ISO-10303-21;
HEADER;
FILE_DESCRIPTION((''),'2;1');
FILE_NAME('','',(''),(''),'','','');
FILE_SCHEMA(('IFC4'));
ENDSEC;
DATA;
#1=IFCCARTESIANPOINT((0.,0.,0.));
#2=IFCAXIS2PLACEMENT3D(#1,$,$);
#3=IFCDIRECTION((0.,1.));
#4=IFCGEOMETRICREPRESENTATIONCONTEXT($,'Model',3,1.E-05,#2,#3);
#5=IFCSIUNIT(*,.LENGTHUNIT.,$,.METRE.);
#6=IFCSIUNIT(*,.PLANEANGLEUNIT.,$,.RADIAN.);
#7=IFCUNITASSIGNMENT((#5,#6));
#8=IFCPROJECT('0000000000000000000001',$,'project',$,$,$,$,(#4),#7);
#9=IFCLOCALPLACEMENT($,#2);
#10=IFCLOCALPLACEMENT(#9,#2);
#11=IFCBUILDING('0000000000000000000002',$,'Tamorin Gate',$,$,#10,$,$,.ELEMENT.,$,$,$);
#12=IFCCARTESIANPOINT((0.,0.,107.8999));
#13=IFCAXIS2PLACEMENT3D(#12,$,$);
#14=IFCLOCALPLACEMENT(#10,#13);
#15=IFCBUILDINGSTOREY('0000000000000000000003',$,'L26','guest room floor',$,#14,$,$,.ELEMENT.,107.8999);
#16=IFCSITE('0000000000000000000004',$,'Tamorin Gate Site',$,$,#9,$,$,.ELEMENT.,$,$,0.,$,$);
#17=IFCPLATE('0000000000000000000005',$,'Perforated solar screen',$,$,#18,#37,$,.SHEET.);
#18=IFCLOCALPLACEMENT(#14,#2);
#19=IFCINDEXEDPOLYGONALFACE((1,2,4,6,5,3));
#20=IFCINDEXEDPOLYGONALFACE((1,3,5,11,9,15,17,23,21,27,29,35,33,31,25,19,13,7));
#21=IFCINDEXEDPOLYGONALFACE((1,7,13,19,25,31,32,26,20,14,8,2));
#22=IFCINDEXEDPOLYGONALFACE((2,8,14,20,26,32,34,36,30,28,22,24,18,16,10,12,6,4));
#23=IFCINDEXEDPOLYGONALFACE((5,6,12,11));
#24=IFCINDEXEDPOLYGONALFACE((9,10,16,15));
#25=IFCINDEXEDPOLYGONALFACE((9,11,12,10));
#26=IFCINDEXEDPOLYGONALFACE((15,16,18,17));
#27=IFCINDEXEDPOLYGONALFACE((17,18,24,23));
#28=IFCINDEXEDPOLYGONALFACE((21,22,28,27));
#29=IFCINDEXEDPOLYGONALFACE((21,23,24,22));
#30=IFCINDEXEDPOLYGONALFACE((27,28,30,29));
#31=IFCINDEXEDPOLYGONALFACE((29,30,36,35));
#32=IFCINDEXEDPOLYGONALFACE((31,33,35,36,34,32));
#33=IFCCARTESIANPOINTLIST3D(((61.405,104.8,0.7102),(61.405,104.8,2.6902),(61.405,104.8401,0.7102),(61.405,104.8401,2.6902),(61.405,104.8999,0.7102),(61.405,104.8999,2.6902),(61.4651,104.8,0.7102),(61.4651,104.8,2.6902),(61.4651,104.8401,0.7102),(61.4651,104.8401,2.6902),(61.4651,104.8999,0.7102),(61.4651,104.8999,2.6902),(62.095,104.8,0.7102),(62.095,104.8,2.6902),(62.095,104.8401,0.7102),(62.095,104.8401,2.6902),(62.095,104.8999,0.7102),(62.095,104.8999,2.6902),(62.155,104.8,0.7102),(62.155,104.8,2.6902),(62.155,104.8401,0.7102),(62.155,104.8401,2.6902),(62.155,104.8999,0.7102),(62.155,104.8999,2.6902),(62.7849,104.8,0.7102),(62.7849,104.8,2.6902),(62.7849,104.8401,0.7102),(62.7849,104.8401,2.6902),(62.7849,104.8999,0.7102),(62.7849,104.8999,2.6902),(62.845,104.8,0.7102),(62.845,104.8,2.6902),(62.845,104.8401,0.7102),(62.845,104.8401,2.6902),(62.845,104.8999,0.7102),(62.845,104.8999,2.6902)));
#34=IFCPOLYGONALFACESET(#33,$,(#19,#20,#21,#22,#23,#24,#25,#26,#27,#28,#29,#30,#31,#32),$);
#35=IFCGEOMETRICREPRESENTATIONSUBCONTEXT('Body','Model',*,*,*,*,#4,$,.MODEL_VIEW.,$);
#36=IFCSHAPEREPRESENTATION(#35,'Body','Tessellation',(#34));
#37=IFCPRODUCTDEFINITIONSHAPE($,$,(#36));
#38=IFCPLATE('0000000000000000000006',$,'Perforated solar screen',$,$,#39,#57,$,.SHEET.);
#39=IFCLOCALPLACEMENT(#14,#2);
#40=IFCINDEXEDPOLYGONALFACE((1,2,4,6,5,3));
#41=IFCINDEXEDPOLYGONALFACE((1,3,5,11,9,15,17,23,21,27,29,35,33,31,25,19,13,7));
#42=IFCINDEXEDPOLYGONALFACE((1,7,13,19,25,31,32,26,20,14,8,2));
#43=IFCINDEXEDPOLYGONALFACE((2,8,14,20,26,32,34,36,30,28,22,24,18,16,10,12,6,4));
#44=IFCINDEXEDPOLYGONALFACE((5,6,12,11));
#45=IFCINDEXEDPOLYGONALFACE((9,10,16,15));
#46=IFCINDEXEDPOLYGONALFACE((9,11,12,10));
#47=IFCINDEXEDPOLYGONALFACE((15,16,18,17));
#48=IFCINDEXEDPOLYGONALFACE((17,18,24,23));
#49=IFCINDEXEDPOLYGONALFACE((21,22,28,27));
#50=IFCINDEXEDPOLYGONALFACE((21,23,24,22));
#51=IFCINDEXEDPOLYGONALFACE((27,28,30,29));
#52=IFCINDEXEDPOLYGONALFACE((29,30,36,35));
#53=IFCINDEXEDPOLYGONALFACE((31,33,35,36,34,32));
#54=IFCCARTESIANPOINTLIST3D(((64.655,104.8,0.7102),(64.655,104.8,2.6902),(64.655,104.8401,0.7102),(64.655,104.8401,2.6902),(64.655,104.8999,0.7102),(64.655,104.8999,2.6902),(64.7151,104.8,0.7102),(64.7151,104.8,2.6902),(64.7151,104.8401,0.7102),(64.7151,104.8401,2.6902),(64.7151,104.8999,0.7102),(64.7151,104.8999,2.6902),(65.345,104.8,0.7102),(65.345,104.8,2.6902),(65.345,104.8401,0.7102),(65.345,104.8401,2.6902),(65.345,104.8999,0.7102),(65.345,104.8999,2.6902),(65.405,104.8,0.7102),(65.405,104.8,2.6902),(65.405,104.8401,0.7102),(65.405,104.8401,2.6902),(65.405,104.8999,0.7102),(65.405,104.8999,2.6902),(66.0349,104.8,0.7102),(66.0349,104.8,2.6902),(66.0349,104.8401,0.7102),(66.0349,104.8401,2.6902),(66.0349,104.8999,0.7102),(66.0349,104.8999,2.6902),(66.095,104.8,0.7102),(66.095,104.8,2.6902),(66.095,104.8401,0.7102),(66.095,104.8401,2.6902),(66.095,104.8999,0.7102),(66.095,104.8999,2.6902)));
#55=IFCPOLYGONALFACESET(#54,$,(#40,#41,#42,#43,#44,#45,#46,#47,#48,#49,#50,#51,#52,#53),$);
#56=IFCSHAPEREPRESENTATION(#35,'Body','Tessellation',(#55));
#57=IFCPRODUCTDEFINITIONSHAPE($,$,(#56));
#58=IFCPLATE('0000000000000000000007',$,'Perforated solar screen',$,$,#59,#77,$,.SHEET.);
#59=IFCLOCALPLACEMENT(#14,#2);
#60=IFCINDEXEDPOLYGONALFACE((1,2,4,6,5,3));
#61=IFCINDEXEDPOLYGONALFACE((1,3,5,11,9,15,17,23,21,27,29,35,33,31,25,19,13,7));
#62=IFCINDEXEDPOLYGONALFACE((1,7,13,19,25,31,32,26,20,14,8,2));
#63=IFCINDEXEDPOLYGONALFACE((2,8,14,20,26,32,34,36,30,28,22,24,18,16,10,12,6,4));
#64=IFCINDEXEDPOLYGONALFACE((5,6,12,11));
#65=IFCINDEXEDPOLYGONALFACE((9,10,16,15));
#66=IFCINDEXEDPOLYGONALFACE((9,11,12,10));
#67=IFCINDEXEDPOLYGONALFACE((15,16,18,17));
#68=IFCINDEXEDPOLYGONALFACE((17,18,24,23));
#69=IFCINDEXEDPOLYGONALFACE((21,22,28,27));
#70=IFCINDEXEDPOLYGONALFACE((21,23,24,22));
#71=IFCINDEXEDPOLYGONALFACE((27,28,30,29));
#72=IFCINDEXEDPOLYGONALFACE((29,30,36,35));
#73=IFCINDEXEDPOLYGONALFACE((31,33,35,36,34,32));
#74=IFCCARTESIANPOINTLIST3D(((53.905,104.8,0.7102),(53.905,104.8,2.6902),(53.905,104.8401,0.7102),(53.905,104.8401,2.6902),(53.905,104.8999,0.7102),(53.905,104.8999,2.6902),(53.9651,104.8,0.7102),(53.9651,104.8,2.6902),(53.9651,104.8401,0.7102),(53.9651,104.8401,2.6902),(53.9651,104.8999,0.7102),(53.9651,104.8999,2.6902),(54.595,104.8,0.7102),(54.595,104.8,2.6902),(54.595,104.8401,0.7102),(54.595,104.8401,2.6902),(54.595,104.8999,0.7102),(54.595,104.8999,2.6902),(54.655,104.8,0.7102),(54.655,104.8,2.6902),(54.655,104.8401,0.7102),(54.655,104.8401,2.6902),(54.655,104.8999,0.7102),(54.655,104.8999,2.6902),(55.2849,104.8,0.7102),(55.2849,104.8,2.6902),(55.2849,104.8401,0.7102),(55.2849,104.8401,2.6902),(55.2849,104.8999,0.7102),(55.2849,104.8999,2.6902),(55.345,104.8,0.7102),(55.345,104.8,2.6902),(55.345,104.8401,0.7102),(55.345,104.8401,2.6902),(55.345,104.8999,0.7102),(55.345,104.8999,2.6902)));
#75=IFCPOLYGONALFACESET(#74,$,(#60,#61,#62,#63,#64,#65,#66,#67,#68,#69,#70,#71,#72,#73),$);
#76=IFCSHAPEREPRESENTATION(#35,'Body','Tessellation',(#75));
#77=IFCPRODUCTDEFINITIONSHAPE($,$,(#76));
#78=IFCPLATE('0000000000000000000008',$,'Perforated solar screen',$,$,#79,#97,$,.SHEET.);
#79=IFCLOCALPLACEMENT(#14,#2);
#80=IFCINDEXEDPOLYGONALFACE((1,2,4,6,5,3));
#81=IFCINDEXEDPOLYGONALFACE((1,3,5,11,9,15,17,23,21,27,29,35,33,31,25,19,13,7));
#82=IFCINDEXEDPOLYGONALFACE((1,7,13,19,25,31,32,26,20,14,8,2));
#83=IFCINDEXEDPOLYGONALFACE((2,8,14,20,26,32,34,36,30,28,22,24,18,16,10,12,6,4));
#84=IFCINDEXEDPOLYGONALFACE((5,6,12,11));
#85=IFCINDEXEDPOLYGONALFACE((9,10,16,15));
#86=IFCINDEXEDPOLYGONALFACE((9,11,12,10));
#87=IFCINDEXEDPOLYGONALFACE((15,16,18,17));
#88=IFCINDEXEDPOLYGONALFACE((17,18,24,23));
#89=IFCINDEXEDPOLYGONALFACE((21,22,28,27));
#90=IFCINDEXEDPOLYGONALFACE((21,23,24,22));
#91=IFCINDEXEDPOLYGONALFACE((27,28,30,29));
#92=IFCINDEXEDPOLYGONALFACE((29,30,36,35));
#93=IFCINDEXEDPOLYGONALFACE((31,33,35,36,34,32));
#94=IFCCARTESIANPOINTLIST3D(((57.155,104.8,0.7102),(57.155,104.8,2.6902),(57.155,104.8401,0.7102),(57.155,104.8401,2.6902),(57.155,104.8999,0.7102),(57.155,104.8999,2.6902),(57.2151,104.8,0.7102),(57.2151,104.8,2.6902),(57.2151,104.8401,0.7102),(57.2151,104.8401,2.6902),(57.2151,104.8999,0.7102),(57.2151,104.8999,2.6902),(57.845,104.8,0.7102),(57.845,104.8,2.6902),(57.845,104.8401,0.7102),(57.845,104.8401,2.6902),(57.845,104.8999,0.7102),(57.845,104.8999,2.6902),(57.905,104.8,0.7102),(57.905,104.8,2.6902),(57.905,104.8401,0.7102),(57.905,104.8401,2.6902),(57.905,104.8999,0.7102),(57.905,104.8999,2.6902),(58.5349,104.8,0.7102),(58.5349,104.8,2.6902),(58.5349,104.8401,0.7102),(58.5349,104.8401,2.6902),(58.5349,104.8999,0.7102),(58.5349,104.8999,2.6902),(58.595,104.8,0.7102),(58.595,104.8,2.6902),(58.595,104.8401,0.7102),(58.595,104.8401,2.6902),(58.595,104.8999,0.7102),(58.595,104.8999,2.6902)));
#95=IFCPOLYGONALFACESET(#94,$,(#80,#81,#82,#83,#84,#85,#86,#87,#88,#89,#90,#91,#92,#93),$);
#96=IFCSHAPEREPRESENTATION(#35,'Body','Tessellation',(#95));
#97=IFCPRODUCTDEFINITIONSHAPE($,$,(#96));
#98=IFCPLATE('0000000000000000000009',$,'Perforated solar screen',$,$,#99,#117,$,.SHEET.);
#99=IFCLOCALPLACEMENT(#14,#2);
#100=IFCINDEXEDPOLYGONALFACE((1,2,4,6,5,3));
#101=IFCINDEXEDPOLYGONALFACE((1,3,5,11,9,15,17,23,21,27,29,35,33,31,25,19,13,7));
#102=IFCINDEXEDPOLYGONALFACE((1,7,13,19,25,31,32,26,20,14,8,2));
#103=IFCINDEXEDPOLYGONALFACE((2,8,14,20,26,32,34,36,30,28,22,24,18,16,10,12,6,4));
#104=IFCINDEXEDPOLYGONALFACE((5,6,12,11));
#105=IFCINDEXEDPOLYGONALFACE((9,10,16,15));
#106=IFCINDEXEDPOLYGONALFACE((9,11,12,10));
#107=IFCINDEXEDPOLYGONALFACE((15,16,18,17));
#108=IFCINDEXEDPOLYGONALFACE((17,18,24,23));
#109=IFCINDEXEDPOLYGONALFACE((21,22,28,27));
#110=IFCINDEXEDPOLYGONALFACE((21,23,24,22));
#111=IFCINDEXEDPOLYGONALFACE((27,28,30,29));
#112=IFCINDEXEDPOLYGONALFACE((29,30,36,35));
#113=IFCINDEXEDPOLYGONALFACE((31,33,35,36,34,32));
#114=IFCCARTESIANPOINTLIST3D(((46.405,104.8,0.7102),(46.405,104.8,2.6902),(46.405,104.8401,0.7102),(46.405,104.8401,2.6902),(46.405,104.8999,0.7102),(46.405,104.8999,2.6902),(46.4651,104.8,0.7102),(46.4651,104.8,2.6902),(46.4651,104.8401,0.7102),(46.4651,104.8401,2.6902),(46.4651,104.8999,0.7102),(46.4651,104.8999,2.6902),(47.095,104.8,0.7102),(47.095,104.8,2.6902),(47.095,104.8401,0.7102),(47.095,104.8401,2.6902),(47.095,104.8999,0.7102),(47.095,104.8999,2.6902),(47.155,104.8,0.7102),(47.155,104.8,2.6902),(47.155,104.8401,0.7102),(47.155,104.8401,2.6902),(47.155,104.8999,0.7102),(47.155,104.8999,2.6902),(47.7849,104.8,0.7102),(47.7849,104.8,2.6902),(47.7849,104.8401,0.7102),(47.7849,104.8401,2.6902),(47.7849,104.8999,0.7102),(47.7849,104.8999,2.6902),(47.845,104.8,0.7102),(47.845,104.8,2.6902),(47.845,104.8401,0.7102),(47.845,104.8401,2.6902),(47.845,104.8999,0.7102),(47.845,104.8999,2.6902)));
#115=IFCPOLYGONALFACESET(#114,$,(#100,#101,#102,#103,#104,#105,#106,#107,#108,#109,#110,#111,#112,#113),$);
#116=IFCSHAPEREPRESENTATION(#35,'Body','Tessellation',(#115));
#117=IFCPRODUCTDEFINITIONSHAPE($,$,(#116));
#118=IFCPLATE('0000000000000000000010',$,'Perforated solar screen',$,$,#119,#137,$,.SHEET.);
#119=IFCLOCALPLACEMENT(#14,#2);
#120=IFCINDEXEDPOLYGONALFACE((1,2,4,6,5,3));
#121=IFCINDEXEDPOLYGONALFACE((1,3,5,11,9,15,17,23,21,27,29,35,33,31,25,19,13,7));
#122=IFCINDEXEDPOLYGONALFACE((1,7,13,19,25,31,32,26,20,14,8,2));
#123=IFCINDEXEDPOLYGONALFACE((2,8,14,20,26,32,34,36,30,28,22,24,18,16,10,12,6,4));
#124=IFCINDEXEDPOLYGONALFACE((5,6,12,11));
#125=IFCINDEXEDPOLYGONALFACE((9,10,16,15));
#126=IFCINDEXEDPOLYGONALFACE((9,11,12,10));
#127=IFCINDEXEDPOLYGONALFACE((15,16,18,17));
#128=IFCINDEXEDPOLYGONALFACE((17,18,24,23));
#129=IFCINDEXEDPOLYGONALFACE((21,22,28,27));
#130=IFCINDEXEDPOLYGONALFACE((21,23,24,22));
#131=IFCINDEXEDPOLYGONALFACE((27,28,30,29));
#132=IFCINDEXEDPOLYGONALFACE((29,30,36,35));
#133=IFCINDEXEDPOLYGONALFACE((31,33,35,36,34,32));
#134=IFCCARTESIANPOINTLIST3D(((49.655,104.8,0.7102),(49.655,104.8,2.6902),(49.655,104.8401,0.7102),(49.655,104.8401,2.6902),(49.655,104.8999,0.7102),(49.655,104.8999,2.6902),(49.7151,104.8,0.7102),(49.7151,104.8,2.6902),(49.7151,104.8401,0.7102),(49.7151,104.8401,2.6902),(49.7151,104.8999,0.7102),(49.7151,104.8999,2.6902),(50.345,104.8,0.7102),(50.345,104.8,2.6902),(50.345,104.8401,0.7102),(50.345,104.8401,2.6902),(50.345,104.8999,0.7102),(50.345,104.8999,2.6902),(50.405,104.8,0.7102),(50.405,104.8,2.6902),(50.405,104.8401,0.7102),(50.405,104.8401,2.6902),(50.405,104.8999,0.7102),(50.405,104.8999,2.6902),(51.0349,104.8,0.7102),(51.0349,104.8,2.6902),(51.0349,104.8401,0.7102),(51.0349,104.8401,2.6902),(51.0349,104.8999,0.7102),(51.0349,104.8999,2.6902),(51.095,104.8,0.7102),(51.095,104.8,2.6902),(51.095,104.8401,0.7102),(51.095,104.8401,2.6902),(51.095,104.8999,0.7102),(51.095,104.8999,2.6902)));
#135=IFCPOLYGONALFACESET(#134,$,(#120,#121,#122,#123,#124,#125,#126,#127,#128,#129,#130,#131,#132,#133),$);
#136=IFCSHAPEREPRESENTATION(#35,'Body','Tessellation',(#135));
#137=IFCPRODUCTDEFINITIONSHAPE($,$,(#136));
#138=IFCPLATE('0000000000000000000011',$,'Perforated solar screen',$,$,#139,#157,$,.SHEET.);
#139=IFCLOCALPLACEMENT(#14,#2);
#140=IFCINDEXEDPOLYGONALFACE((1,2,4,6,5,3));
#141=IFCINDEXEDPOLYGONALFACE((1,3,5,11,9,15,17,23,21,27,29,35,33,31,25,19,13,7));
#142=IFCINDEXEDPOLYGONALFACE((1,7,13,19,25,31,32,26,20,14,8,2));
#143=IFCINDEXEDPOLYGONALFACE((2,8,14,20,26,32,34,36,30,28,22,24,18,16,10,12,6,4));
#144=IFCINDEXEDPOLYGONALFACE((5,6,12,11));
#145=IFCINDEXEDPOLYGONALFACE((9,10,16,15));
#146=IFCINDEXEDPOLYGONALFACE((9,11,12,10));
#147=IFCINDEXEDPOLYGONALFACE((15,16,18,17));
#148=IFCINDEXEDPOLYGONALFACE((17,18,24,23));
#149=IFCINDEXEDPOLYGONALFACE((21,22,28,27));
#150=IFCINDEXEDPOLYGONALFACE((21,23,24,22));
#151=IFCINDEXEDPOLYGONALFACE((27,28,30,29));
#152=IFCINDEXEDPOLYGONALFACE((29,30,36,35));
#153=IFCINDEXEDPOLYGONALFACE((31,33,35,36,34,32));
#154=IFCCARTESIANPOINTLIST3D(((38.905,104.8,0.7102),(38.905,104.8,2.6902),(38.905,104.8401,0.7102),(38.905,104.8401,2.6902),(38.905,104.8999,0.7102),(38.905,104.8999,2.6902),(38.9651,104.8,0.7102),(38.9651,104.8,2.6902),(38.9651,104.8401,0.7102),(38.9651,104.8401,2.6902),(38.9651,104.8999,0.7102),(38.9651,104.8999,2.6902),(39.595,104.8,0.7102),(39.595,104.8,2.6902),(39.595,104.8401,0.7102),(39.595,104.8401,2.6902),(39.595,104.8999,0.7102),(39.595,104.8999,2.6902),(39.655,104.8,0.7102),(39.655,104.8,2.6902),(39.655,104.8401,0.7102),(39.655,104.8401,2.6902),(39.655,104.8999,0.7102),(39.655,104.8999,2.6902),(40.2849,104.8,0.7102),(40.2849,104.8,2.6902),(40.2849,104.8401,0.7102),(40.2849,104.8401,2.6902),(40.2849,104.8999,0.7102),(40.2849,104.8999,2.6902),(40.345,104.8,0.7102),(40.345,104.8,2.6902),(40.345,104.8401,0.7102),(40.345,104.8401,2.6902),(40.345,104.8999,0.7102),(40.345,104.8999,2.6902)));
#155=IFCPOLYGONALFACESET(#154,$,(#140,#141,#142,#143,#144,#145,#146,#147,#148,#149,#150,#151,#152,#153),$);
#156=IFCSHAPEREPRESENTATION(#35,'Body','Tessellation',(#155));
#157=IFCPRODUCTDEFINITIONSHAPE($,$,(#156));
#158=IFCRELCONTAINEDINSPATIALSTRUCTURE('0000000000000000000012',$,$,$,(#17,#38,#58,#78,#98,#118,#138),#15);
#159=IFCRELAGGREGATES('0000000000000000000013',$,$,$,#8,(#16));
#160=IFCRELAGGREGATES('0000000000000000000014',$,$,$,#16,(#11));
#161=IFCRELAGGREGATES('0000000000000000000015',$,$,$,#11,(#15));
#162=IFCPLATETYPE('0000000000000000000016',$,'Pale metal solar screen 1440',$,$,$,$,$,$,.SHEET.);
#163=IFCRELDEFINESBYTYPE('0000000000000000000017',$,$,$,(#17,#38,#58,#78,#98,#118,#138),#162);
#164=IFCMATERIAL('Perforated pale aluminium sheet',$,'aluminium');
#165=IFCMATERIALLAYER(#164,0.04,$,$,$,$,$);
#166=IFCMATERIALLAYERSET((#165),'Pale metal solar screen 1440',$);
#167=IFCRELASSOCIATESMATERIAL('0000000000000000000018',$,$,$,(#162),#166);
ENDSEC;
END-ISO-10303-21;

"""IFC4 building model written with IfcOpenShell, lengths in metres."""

from ifc_helpers import new_model, si_unit, direction, frame, origin, place, context, subcontext, project, spatial, polyline, outline, extrude, material, layer, layer_set, type_object, element, save


model = new_model("IFC4")

# Units and contexts
model_context = context("Model", 3, precision=1e-05, world=origin(), true_north=direction((0.0, 1.0)))
body_context = subcontext(model_context, "Body", "Model", "MODEL_VIEW")
ifc_project = project(units=[si_unit("LENGTHUNIT", "METRE"), si_unit("PLANEANGLEUNIT", "RADIAN")], contexts=[model_context])

# Site, building, storey
site_placement = place(None, origin())
site = spatial("IfcSite", under=ifc_project, at=site_placement, Name="Tamorin Gate Site", CompositionType="ELEMENT", RefElevation=0.0)
building_placement = place(site_placement, origin())
building = spatial("IfcBuilding", under=site, at=building_placement, Name="Tamorin Gate", CompositionType="ELEMENT")
storey_placement = place(building_placement, frame((0.0, 0.0, 107.8999)))
storey = spatial("IfcBuildingStorey", under=building, at=storey_placement, Name="L26", Description="guest room floor", CompositionType="ELEMENT", Elevation=107.8999)

# Plates
ifc_material = material(Name="Perforated pale aluminium sheet", Category="aluminium")
ifc_layer = layer(ifc_material, 0.04)
ifc_layer_set = layer_set([ifc_layer], Name="Pale metal solar screen 1440")
plate_type = type_object("IfcPlateType", Name="Pale metal solar screen 1440", PredefinedType="SHEET", material=ifc_layer_set)
plate_1_placement = place(storey_placement, frame((0.0, 0.0, 0.7102)))
element("IfcPlate", 1, at=plate_1_placement, inside=storey, type_object=plate_type, Name="Perforated solar screen", PredefinedType="SHEET", context=body_context, shape_type="SweptSolid", body=[
    extrude(outline(polyline([(62.845, 104.8401), (62.845, 104.8), (62.7849, 104.8), (62.155, 104.8), (62.095, 104.8), (61.4651, 104.8), (61.405, 104.8), (61.405, 104.8401), (61.405, 104.8999), (61.4651, 104.8999), (61.4651, 104.8401), (62.095, 104.8401), (62.095, 104.8999), (62.155, 104.8999), (62.155, 104.8401), (62.7849, 104.8401), (62.7849, 104.8999), (62.845, 104.8999), (62.845, 104.8401)])), origin(), (0.0, 0.0, 1.0), 1.98),
])
plate_2_placement = place(storey_placement, frame((0.0, 0.0, 0.7102)))
element("IfcPlate", 2, at=plate_2_placement, inside=storey, type_object=plate_type, Name="Perforated solar screen", PredefinedType="SHEET", context=body_context, shape_type="SweptSolid", body=[
    extrude(outline(polyline([(66.095, 104.8401), (66.095, 104.8), (66.0349, 104.8), (65.405, 104.8), (65.345, 104.8), (64.7151, 104.8), (64.655, 104.8), (64.655, 104.8401), (64.655, 104.8999), (64.7151, 104.8999), (64.7151, 104.8401), (65.345, 104.8401), (65.345, 104.8999), (65.405, 104.8999), (65.405, 104.8401), (66.0349, 104.8401), (66.0349, 104.8999), (66.095, 104.8999), (66.095, 104.8401)])), origin(), (0.0, 0.0, 1.0), 1.98),
])
plate_3_placement = place(storey_placement, frame((0.0, 0.0, 0.7102)))
element("IfcPlate", 3, at=plate_3_placement, inside=storey, type_object=plate_type, Name="Perforated solar screen", PredefinedType="SHEET", context=body_context, shape_type="SweptSolid", body=[
    extrude(outline(polyline([(55.345, 104.8401), (55.345, 104.8), (55.2849, 104.8), (54.655, 104.8), (54.595, 104.8), (53.9651, 104.8), (53.905, 104.8), (53.905, 104.8401), (53.905, 104.8999), (53.9651, 104.8999), (53.9651, 104.8401), (54.595, 104.8401), (54.595, 104.8999), (54.655, 104.8999), (54.655, 104.8401), (55.2849, 104.8401), (55.2849, 104.8999), (55.345, 104.8999), (55.345, 104.8401)])), origin(), (0.0, 0.0, 1.0), 1.98),
])
plate_4_placement = place(storey_placement, frame((0.0, 0.0, 0.7102)))
element("IfcPlate", 4, at=plate_4_placement, inside=storey, type_object=plate_type, Name="Perforated solar screen", PredefinedType="SHEET", context=body_context, shape_type="SweptSolid", body=[
    extrude(outline(polyline([(58.595, 104.8401), (58.595, 104.8), (58.5349, 104.8), (57.905, 104.8), (57.845, 104.8), (57.2151, 104.8), (57.155, 104.8), (57.155, 104.8401), (57.155, 104.8999), (57.2151, 104.8999), (57.2151, 104.8401), (57.845, 104.8401), (57.845, 104.8999), (57.905, 104.8999), (57.905, 104.8401), (58.5349, 104.8401), (58.5349, 104.8999), (58.595, 104.8999), (58.595, 104.8401)])), origin(), (0.0, 0.0, 1.0), 1.98),
])
plate_5_placement = place(storey_placement, frame((0.0, 0.0, 0.7102)))
element("IfcPlate", 5, at=plate_5_placement, inside=storey, type_object=plate_type, Name="Perforated solar screen", PredefinedType="SHEET", context=body_context, shape_type="SweptSolid", body=[
    extrude(outline(polyline([(47.845, 104.8401), (47.845, 104.8), (47.7849, 104.8), (47.155, 104.8), (47.095, 104.8), (46.4651, 104.8), (46.405, 104.8), (46.405, 104.8401), (46.405, 104.8999), (46.4651, 104.8999), (46.4651, 104.8401), (47.095, 104.8401), (47.095, 104.8999), (47.155, 104.8999), (47.155, 104.8401), (47.7849, 104.8401), (47.7849, 104.8999), (47.845, 104.8999), (47.845, 104.8401)])), origin(), (0.0, 0.0, 1.0), 1.98),
])
plate_6_placement = place(storey_placement, frame((0.0, 0.0, 0.7102)))
element("IfcPlate", 6, at=plate_6_placement, inside=storey, type_object=plate_type, Name="Perforated solar screen", PredefinedType="SHEET", context=body_context, shape_type="SweptSolid", body=[
    extrude(outline(polyline([(51.095, 104.8401), (51.095, 104.8), (51.0349, 104.8), (50.405, 104.8), (50.345, 104.8), (49.7151, 104.8), (49.655, 104.8), (49.655, 104.8401), (49.655, 104.8999), (49.7151, 104.8999), (49.7151, 104.8401), (50.345, 104.8401), (50.345, 104.8999), (50.405, 104.8999), (50.405, 104.8401), (51.0349, 104.8401), (51.0349, 104.8999), (51.095, 104.8999), (51.095, 104.8401)])), origin(), (0.0, 0.0, 1.0), 1.98),
])
plate_7_placement = place(storey_placement, frame((0.0, 0.0, 0.7102)))
element("IfcPlate", 7, at=plate_7_placement, inside=storey, type_object=plate_type, Name="Perforated solar screen", PredefinedType="SHEET", context=body_context, shape_type="SweptSolid", body=[
    extrude(outline(polyline([(40.345, 104.8401), (40.345, 104.8), (40.2849, 104.8), (39.655, 104.8), (39.595, 104.8), (38.9651, 104.8), (38.905, 104.8), (38.905, 104.8401), (38.905, 104.8999), (38.9651, 104.8999), (38.9651, 104.8401), (39.595, 104.8401), (39.595, 104.8999), (39.655, 104.8999), (39.655, 104.8401), (40.2849, 104.8401), (40.2849, 104.8999), (40.345, 104.8999), (40.345, 104.8401)])), origin(), (0.0, 0.0, 1.0), 1.98),
])

save(model, "model.ifc")
